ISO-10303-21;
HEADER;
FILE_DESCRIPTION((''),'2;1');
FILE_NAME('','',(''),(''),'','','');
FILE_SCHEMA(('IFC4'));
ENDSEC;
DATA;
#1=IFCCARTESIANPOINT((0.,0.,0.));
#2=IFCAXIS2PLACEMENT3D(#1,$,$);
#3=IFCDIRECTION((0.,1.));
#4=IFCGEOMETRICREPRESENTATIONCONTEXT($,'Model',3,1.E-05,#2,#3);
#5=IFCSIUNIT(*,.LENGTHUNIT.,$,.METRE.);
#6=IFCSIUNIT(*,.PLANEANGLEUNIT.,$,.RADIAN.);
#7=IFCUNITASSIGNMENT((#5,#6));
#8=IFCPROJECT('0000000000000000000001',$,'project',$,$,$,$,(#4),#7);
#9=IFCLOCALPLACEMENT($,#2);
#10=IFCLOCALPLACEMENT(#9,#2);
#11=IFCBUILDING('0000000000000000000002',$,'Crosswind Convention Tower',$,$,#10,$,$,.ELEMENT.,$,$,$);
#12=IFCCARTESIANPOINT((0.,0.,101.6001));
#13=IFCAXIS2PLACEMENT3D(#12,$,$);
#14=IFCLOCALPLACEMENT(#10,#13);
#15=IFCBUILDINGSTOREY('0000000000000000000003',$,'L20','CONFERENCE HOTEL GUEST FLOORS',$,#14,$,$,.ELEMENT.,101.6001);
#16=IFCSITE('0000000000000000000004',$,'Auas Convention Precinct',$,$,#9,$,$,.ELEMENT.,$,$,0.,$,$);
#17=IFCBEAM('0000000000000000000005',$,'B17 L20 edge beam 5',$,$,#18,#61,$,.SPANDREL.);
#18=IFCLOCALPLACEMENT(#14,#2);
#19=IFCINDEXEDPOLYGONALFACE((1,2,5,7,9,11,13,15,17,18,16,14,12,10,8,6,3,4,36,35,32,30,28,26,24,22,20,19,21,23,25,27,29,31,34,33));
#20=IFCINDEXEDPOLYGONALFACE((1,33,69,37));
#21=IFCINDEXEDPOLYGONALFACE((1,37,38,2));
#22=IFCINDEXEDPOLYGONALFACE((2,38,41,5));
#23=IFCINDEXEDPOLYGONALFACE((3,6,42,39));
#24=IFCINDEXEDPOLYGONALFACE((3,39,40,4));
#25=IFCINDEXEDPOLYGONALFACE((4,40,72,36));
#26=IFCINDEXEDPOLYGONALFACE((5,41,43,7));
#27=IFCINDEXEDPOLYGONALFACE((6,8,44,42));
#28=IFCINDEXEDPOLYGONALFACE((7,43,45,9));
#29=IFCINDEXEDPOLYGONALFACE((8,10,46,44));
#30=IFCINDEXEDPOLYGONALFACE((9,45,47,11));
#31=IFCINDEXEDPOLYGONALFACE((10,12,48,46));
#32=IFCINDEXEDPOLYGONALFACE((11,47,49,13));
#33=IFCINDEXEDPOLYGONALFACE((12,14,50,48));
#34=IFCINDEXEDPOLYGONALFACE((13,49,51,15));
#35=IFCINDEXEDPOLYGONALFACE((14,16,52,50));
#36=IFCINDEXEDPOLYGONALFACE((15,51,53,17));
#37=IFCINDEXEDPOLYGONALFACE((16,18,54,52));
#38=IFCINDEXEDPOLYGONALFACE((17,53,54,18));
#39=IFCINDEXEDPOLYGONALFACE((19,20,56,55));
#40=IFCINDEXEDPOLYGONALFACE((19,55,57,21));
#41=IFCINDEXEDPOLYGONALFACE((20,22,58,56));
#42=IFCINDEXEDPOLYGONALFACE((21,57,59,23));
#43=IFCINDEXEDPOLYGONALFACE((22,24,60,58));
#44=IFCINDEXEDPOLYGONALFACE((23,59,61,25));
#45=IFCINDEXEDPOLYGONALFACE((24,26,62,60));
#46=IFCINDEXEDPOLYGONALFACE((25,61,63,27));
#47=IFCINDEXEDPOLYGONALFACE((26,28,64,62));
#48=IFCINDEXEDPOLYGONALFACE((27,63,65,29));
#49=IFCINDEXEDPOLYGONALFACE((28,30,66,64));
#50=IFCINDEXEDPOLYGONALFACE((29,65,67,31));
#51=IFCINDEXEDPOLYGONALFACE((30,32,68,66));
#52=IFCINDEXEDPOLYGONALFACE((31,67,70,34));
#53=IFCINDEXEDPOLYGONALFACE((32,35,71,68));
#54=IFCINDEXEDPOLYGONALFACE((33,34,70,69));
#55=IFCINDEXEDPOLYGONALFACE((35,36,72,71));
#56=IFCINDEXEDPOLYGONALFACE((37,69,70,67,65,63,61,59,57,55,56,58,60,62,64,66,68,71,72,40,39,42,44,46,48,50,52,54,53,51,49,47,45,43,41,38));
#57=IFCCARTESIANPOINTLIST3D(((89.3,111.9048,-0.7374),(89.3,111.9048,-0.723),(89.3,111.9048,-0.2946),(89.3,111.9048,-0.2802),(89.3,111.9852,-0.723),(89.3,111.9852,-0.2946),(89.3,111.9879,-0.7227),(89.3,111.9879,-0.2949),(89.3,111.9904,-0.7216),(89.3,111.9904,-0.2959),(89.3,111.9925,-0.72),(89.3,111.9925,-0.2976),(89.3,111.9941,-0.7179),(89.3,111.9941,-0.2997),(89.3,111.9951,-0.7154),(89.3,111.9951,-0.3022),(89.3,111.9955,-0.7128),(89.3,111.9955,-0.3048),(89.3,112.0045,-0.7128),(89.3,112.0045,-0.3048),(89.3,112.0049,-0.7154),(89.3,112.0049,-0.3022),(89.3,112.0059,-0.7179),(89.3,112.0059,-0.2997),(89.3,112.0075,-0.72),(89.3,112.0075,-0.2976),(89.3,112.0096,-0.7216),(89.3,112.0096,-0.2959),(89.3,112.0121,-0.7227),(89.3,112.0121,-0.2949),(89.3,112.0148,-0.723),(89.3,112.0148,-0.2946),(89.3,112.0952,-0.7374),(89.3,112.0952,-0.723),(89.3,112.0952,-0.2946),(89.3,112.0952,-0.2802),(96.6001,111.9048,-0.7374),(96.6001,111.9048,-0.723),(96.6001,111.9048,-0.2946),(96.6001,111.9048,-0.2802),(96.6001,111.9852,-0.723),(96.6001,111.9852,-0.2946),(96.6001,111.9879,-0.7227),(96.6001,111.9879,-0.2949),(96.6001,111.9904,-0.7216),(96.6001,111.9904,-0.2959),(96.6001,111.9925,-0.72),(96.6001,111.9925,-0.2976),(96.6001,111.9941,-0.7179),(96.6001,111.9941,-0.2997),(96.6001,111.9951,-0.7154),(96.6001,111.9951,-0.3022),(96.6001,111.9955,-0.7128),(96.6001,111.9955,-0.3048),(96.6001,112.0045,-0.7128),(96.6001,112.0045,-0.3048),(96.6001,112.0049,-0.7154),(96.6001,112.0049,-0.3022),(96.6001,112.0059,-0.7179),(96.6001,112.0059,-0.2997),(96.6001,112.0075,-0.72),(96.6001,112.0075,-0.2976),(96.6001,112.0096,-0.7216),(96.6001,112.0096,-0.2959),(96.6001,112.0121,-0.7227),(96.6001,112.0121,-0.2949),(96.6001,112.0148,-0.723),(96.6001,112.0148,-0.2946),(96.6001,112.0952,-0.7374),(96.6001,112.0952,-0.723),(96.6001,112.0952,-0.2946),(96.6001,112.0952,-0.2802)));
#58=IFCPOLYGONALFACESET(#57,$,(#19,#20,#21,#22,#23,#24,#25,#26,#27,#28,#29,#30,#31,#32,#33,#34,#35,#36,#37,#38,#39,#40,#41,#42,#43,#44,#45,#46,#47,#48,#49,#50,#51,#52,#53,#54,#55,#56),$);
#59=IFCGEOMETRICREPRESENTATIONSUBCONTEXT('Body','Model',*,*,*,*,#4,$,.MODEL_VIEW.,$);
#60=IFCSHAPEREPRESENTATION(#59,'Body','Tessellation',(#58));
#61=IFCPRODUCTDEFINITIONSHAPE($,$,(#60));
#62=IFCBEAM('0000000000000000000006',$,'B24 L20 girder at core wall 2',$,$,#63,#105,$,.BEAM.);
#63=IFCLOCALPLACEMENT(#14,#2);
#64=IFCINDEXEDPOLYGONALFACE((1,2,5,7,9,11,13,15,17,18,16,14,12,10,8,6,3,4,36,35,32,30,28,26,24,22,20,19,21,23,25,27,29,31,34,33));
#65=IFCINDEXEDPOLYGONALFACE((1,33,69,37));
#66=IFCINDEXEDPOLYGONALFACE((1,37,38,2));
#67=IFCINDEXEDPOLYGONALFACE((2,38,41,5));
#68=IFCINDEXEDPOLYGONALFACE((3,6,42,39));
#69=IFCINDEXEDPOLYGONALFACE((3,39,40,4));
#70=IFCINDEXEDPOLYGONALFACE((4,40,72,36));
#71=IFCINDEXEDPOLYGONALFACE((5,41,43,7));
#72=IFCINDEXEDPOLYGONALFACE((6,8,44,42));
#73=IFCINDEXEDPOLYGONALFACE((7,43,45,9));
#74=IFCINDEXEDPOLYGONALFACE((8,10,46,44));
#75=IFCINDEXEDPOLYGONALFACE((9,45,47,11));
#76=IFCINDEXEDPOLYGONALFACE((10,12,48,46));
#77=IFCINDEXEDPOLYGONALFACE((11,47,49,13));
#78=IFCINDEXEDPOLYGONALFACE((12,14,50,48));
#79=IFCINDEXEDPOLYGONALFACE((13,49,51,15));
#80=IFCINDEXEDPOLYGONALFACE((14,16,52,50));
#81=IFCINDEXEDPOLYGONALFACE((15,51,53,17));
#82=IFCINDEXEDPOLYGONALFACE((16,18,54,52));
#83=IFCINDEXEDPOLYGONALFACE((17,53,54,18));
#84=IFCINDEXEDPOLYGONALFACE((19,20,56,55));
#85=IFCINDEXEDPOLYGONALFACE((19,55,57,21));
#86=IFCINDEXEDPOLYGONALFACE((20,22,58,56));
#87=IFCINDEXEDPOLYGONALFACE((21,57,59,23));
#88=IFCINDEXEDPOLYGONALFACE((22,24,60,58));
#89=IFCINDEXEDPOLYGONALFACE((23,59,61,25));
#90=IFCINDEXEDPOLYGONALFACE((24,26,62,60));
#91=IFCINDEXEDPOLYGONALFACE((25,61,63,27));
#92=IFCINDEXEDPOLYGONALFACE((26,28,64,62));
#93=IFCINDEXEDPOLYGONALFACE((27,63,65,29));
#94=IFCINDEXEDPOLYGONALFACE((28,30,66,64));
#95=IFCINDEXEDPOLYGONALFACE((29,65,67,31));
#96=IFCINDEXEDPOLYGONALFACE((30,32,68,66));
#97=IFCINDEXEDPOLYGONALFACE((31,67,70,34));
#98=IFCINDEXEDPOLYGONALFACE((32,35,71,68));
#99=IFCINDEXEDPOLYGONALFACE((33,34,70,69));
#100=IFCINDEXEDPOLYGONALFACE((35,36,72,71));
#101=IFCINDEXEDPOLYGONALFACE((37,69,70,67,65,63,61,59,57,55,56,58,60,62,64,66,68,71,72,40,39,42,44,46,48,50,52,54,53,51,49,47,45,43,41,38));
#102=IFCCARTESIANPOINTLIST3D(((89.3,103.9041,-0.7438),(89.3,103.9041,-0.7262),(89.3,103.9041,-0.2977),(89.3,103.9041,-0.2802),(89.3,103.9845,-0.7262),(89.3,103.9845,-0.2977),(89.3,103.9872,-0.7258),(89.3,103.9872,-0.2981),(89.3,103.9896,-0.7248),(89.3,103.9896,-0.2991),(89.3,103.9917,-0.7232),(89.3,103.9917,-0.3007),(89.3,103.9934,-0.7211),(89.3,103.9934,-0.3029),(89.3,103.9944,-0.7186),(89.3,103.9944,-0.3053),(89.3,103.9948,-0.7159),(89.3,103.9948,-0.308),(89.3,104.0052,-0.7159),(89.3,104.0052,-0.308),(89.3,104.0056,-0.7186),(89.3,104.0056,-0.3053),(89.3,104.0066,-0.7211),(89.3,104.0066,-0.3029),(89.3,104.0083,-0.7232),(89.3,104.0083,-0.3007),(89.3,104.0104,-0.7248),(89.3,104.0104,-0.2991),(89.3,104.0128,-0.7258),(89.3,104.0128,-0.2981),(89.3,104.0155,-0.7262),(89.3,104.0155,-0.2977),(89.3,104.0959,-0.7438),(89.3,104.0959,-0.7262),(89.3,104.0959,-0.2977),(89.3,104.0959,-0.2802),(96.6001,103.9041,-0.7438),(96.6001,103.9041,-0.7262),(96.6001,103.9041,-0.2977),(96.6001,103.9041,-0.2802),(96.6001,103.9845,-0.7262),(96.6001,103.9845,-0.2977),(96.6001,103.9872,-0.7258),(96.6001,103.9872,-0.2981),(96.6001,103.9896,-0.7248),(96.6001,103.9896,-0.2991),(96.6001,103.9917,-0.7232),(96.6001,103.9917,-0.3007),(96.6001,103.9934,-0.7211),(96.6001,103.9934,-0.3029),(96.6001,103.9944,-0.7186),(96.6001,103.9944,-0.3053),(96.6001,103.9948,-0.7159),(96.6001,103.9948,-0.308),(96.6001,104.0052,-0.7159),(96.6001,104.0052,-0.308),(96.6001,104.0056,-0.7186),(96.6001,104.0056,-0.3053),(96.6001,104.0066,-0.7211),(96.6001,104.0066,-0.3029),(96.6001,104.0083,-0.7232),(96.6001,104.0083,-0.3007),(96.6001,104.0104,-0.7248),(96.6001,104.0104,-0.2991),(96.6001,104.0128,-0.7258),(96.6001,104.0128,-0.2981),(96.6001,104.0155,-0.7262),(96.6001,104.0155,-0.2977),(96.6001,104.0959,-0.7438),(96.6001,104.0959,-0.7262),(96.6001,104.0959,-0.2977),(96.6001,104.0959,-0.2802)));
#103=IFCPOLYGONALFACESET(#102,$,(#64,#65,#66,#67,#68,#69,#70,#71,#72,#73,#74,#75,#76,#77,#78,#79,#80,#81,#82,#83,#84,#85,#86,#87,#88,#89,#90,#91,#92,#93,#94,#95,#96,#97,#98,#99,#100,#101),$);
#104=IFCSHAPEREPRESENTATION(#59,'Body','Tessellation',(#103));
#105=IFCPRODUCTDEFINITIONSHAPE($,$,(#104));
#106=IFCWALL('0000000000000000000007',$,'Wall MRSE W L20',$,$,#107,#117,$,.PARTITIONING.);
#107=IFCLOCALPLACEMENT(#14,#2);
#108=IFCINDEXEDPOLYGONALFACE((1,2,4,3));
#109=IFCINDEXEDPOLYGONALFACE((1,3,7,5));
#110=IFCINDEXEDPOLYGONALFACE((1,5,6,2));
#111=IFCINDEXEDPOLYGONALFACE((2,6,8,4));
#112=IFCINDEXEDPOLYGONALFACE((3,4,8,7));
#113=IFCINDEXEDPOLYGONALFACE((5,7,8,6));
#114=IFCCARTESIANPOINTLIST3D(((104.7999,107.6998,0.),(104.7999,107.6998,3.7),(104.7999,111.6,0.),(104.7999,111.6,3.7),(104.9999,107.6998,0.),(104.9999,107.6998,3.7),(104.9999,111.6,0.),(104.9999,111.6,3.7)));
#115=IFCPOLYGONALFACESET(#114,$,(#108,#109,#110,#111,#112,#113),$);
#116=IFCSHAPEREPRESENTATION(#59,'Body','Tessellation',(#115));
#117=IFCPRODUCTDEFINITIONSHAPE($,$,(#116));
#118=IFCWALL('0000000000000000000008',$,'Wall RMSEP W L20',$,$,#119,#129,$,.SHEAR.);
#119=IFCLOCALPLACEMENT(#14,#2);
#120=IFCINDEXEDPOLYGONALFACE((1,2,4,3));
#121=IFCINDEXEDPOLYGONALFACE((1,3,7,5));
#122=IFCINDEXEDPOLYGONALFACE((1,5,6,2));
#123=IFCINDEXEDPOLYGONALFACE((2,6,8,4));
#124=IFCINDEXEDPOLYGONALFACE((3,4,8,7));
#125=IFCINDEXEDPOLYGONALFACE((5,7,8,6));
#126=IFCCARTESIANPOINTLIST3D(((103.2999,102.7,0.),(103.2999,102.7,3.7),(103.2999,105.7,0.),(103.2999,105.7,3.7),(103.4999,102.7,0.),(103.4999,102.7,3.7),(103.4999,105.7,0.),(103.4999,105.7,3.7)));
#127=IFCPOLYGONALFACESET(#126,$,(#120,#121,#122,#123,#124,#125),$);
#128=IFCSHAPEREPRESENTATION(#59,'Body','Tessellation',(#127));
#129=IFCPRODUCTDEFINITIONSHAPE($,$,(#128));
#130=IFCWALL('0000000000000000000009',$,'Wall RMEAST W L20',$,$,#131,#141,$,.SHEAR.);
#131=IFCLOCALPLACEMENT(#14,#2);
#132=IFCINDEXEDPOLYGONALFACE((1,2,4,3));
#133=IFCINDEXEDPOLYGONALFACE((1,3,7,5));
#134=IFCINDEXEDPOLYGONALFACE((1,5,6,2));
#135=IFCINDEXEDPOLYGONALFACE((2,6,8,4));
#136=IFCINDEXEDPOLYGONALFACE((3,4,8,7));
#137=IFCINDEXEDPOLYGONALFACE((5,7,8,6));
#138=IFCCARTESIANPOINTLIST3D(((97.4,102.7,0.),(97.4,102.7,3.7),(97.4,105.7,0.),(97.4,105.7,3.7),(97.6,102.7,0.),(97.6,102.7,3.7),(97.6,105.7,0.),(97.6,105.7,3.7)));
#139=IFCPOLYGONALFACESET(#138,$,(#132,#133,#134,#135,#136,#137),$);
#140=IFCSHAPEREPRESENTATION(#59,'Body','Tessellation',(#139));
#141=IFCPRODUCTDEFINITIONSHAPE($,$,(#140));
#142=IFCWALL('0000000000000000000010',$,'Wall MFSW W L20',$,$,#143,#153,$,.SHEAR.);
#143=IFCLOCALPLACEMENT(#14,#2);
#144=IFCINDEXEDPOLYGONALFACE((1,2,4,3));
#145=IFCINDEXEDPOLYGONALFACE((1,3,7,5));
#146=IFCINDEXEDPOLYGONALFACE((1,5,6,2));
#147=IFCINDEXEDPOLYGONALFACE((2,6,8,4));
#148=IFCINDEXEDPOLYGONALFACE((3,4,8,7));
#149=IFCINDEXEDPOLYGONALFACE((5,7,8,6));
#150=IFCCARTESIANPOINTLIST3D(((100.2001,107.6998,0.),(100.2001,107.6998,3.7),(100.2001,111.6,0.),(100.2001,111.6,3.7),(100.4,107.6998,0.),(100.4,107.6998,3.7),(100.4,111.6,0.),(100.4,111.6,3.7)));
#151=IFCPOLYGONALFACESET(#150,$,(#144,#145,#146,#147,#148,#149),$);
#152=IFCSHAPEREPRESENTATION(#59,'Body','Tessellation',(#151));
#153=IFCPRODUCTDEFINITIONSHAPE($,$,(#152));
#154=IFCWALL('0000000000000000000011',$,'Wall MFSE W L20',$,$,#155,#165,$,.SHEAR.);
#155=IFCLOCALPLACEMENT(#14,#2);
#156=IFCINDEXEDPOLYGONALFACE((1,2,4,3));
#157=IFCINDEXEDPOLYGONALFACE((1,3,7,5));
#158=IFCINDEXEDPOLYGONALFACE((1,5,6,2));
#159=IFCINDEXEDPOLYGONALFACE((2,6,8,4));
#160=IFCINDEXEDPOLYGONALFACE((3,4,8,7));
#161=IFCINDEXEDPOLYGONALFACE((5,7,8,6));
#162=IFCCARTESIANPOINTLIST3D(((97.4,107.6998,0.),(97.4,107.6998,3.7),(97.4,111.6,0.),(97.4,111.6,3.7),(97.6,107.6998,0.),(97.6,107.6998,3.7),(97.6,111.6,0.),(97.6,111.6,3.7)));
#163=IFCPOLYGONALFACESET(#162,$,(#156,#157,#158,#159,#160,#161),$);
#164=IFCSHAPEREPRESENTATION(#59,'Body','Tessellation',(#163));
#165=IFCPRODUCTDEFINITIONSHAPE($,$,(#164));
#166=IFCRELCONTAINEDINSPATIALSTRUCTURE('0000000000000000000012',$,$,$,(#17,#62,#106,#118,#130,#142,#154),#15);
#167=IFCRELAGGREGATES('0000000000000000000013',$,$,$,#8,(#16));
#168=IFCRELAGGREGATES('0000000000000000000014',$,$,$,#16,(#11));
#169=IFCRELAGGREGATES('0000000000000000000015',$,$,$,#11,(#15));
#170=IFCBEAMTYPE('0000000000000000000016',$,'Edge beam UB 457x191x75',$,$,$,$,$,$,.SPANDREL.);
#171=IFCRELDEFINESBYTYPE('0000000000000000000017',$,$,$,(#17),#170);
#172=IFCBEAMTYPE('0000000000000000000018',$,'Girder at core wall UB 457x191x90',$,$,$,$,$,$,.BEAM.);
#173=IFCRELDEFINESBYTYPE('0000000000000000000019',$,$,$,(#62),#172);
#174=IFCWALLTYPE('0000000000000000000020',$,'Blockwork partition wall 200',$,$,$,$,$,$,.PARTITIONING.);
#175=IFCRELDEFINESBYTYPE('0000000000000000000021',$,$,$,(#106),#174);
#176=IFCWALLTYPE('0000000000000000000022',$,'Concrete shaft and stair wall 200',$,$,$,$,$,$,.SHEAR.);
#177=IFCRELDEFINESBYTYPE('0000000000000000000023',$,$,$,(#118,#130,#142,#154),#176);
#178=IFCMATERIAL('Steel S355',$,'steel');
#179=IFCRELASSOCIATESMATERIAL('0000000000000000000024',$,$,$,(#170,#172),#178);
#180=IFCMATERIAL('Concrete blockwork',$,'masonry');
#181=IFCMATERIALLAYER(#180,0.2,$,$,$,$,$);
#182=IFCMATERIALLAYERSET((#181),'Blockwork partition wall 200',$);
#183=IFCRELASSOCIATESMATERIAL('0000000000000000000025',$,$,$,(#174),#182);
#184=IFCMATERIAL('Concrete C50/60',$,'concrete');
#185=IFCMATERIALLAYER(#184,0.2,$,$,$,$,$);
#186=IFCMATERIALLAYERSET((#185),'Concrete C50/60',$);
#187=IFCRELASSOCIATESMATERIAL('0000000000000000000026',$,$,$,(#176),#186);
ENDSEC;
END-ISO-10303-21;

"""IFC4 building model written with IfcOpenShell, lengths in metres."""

from ifc_helpers import new_model, si_unit, direction, frame, frame_2d, origin, origin_2d, place, context, subcontext, project, spatial, rectangle, i_section, extrude, material, layer, layer_set, material_profile, profile_set, type_object, element, save


model = new_model("IFC4")

# Units and contexts
model_context = context("Model", 3, precision=1e-05, world=origin(), true_north=direction((0.0, 1.0)))
body_context = subcontext(model_context, "Body", "Model", "MODEL_VIEW")
ifc_project = project(units=[si_unit("LENGTHUNIT", "METRE"), si_unit("PLANEANGLEUNIT", "RADIAN")], contexts=[model_context])

# Site, building, storey
site_placement = place(None, origin())
site = spatial("IfcSite", under=ifc_project, at=site_placement, Name="Auas Convention Precinct", CompositionType="ELEMENT", RefElevation=0.0)
building_placement = place(site_placement, origin())
building = spatial("IfcBuilding", under=site, at=building_placement, Name="Crosswind Convention Tower", CompositionType="ELEMENT")
storey_placement = place(building_placement, frame((0.0, 0.0, 101.6001)))
storey = spatial("IfcBuildingStorey", under=building, at=storey_placement, Name="L20", Description="CONFERENCE HOTEL GUEST FLOORS", CompositionType="ELEMENT", Elevation=101.6001)

# Beams
ifc_material_1 = material(Name="Steel S355", Category="steel")
ifc_material_profile_1 = material_profile(ifc_material_1, i_section(OverallWidth=0.1904, OverallDepth=0.4573, WebThickness=0.009, FlangeThickness=0.0144, FilletRadius=0.0103, at=origin_2d()), Name="UB 457x191x75")
ifc_profile_set_1 = profile_set([ifc_material_profile_1], Name="Steel S355")
beam_type_1 = type_object("IfcBeamType", Name="Edge beam UB 457x191x75", PredefinedType="SPANDREL", material=ifc_profile_set_1)
beam_1_placement = place(storey_placement, frame((89.3, 112.0, -0.5088), z_axis=(1.0, 0.0, 0.0), x_axis=(0.0, 1.0, 0.0)))
element("IfcBeam", 1, at=beam_1_placement, inside=storey, type_object=beam_type_1, Name="B17 L20 edge beam 5", PredefinedType="SPANDREL", context=body_context, shape_type="SweptSolid", body=[
    extrude(i_section(OverallWidth=0.1904, OverallDepth=0.4573, WebThickness=0.009, FlangeThickness=0.0144, FilletRadius=0.0103, at=origin_2d()), origin(), (0.0, 0.0, 1.0), 7.3),
])
ifc_material_profile_2 = material_profile(ifc_material_1, i_section(OverallWidth=0.1919, OverallDepth=0.4636, WebThickness=0.0105, FlangeThickness=0.0176, FilletRadius=0.0103, at=origin_2d()), Name="UB 457x191x90")
ifc_profile_set_2 = profile_set([ifc_material_profile_2], Name="Steel S355")
beam_type_2 = type_object("IfcBeamType", Name="Girder at core wall UB 457x191x90", PredefinedType="BEAM", material=ifc_profile_set_2)
beam_2_placement = place(storey_placement, frame((89.3, 104.0, -0.512), z_axis=(1.0, 0.0, 0.0), x_axis=(0.0, 1.0, 0.0)))
element("IfcBeam", 2, at=beam_2_placement, inside=storey, type_object=beam_type_2, Name="B24 L20 girder at core wall 2", PredefinedType="BEAM", context=body_context, shape_type="SweptSolid", body=[
    extrude(i_section(OverallWidth=0.1919, OverallDepth=0.4636, WebThickness=0.0105, FlangeThickness=0.0176, FilletRadius=0.0103, at=origin_2d()), origin(), (0.0, 0.0, 1.0), 7.3),
])

# Wall
ifc_material_2 = material(Name="Concrete blockwork", Category="masonry")
ifc_layer_1 = layer(ifc_material_2, 0.2)
ifc_layer_set_1 = layer_set([ifc_layer_1], Name="Blockwork partition wall 200")
wall_type_1 = type_object("IfcWallType", Name="Blockwork partition wall 200", PredefinedType="PARTITIONING", material=ifc_layer_set_1)
wall_1_placement = place(storey_placement, frame((104.8999, 111.6001, 0.0), z_axis=(0.0, 0.0, 1.0), x_axis=(0.0, -1.0, 0.0)))
element("IfcWall", 3, at=wall_1_placement, inside=storey, type_object=wall_type_1, Name="Wall MRSE W L20", PredefinedType="PARTITIONING", context=body_context, shape_type="SweptSolid", body=[
    extrude(rectangle(XDim=3.9001, YDim=0.2, at=frame_2d((1.9502, 0.0))), origin(), (0.0, 0.0, 1.0), 3.7),
])

# Walls
ifc_material_3 = material(Name="Concrete C50/60", Category="concrete")
ifc_layer_2 = layer(ifc_material_3, 0.2)
ifc_layer_set_2 = layer_set([ifc_layer_2], Name="Concrete C50/60")
wall_type_2 = type_object("IfcWallType", Name="Concrete shaft and stair wall 200", PredefinedType="SHEAR", material=ifc_layer_set_2)
for number, where, z_axis, x_axis, name in (
    (4, (103.3999, 105.7, 0.0), (0.0, 0.0, 1.0), (0.0, -1.0, 0.0), "Wall RMSEP W L20"),
    (5, (97.5, 105.7, 0.0), (0.0, 0.0, 1.0), (0.0, -1.0, 0.0), "Wall RMEAST W L20"),
):
    element("IfcWall", number, at=place(storey_placement, frame(where, z_axis=z_axis, x_axis=x_axis)), inside=storey, type_object=wall_type_2, Name=name, PredefinedType="SHEAR", context=body_context, shape_type="SweptSolid", body=[
        extrude(rectangle(XDim=3.0, YDim=0.2, at=frame_2d((1.5, 0.0))), origin(), (0.0, 0.0, 1.0), 3.7),
    ])
for number, where, z_axis, x_axis, name in (
    (6, (100.3, 111.6001, 0.0), (0.0, 0.0, 1.0), (0.0, -1.0, 0.0), "Wall MFSW W L20"),
    (7, (97.5, 111.6001, 0.0), (0.0, 0.0, 1.0), (0.0, -1.0, 0.0), "Wall MFSE W L20"),
):
    element("IfcWall", number, at=place(storey_placement, frame(where, z_axis=z_axis, x_axis=x_axis)), inside=storey, type_object=wall_type_2, Name=name, PredefinedType="SHEAR", context=body_context, shape_type="SweptSolid", body=[
        extrude(rectangle(XDim=3.9001, YDim=0.2, at=frame_2d((1.9502, 0.0))), origin(), (0.0, 0.0, 1.0), 3.7),
    ])

save(model, "model.ifc")
